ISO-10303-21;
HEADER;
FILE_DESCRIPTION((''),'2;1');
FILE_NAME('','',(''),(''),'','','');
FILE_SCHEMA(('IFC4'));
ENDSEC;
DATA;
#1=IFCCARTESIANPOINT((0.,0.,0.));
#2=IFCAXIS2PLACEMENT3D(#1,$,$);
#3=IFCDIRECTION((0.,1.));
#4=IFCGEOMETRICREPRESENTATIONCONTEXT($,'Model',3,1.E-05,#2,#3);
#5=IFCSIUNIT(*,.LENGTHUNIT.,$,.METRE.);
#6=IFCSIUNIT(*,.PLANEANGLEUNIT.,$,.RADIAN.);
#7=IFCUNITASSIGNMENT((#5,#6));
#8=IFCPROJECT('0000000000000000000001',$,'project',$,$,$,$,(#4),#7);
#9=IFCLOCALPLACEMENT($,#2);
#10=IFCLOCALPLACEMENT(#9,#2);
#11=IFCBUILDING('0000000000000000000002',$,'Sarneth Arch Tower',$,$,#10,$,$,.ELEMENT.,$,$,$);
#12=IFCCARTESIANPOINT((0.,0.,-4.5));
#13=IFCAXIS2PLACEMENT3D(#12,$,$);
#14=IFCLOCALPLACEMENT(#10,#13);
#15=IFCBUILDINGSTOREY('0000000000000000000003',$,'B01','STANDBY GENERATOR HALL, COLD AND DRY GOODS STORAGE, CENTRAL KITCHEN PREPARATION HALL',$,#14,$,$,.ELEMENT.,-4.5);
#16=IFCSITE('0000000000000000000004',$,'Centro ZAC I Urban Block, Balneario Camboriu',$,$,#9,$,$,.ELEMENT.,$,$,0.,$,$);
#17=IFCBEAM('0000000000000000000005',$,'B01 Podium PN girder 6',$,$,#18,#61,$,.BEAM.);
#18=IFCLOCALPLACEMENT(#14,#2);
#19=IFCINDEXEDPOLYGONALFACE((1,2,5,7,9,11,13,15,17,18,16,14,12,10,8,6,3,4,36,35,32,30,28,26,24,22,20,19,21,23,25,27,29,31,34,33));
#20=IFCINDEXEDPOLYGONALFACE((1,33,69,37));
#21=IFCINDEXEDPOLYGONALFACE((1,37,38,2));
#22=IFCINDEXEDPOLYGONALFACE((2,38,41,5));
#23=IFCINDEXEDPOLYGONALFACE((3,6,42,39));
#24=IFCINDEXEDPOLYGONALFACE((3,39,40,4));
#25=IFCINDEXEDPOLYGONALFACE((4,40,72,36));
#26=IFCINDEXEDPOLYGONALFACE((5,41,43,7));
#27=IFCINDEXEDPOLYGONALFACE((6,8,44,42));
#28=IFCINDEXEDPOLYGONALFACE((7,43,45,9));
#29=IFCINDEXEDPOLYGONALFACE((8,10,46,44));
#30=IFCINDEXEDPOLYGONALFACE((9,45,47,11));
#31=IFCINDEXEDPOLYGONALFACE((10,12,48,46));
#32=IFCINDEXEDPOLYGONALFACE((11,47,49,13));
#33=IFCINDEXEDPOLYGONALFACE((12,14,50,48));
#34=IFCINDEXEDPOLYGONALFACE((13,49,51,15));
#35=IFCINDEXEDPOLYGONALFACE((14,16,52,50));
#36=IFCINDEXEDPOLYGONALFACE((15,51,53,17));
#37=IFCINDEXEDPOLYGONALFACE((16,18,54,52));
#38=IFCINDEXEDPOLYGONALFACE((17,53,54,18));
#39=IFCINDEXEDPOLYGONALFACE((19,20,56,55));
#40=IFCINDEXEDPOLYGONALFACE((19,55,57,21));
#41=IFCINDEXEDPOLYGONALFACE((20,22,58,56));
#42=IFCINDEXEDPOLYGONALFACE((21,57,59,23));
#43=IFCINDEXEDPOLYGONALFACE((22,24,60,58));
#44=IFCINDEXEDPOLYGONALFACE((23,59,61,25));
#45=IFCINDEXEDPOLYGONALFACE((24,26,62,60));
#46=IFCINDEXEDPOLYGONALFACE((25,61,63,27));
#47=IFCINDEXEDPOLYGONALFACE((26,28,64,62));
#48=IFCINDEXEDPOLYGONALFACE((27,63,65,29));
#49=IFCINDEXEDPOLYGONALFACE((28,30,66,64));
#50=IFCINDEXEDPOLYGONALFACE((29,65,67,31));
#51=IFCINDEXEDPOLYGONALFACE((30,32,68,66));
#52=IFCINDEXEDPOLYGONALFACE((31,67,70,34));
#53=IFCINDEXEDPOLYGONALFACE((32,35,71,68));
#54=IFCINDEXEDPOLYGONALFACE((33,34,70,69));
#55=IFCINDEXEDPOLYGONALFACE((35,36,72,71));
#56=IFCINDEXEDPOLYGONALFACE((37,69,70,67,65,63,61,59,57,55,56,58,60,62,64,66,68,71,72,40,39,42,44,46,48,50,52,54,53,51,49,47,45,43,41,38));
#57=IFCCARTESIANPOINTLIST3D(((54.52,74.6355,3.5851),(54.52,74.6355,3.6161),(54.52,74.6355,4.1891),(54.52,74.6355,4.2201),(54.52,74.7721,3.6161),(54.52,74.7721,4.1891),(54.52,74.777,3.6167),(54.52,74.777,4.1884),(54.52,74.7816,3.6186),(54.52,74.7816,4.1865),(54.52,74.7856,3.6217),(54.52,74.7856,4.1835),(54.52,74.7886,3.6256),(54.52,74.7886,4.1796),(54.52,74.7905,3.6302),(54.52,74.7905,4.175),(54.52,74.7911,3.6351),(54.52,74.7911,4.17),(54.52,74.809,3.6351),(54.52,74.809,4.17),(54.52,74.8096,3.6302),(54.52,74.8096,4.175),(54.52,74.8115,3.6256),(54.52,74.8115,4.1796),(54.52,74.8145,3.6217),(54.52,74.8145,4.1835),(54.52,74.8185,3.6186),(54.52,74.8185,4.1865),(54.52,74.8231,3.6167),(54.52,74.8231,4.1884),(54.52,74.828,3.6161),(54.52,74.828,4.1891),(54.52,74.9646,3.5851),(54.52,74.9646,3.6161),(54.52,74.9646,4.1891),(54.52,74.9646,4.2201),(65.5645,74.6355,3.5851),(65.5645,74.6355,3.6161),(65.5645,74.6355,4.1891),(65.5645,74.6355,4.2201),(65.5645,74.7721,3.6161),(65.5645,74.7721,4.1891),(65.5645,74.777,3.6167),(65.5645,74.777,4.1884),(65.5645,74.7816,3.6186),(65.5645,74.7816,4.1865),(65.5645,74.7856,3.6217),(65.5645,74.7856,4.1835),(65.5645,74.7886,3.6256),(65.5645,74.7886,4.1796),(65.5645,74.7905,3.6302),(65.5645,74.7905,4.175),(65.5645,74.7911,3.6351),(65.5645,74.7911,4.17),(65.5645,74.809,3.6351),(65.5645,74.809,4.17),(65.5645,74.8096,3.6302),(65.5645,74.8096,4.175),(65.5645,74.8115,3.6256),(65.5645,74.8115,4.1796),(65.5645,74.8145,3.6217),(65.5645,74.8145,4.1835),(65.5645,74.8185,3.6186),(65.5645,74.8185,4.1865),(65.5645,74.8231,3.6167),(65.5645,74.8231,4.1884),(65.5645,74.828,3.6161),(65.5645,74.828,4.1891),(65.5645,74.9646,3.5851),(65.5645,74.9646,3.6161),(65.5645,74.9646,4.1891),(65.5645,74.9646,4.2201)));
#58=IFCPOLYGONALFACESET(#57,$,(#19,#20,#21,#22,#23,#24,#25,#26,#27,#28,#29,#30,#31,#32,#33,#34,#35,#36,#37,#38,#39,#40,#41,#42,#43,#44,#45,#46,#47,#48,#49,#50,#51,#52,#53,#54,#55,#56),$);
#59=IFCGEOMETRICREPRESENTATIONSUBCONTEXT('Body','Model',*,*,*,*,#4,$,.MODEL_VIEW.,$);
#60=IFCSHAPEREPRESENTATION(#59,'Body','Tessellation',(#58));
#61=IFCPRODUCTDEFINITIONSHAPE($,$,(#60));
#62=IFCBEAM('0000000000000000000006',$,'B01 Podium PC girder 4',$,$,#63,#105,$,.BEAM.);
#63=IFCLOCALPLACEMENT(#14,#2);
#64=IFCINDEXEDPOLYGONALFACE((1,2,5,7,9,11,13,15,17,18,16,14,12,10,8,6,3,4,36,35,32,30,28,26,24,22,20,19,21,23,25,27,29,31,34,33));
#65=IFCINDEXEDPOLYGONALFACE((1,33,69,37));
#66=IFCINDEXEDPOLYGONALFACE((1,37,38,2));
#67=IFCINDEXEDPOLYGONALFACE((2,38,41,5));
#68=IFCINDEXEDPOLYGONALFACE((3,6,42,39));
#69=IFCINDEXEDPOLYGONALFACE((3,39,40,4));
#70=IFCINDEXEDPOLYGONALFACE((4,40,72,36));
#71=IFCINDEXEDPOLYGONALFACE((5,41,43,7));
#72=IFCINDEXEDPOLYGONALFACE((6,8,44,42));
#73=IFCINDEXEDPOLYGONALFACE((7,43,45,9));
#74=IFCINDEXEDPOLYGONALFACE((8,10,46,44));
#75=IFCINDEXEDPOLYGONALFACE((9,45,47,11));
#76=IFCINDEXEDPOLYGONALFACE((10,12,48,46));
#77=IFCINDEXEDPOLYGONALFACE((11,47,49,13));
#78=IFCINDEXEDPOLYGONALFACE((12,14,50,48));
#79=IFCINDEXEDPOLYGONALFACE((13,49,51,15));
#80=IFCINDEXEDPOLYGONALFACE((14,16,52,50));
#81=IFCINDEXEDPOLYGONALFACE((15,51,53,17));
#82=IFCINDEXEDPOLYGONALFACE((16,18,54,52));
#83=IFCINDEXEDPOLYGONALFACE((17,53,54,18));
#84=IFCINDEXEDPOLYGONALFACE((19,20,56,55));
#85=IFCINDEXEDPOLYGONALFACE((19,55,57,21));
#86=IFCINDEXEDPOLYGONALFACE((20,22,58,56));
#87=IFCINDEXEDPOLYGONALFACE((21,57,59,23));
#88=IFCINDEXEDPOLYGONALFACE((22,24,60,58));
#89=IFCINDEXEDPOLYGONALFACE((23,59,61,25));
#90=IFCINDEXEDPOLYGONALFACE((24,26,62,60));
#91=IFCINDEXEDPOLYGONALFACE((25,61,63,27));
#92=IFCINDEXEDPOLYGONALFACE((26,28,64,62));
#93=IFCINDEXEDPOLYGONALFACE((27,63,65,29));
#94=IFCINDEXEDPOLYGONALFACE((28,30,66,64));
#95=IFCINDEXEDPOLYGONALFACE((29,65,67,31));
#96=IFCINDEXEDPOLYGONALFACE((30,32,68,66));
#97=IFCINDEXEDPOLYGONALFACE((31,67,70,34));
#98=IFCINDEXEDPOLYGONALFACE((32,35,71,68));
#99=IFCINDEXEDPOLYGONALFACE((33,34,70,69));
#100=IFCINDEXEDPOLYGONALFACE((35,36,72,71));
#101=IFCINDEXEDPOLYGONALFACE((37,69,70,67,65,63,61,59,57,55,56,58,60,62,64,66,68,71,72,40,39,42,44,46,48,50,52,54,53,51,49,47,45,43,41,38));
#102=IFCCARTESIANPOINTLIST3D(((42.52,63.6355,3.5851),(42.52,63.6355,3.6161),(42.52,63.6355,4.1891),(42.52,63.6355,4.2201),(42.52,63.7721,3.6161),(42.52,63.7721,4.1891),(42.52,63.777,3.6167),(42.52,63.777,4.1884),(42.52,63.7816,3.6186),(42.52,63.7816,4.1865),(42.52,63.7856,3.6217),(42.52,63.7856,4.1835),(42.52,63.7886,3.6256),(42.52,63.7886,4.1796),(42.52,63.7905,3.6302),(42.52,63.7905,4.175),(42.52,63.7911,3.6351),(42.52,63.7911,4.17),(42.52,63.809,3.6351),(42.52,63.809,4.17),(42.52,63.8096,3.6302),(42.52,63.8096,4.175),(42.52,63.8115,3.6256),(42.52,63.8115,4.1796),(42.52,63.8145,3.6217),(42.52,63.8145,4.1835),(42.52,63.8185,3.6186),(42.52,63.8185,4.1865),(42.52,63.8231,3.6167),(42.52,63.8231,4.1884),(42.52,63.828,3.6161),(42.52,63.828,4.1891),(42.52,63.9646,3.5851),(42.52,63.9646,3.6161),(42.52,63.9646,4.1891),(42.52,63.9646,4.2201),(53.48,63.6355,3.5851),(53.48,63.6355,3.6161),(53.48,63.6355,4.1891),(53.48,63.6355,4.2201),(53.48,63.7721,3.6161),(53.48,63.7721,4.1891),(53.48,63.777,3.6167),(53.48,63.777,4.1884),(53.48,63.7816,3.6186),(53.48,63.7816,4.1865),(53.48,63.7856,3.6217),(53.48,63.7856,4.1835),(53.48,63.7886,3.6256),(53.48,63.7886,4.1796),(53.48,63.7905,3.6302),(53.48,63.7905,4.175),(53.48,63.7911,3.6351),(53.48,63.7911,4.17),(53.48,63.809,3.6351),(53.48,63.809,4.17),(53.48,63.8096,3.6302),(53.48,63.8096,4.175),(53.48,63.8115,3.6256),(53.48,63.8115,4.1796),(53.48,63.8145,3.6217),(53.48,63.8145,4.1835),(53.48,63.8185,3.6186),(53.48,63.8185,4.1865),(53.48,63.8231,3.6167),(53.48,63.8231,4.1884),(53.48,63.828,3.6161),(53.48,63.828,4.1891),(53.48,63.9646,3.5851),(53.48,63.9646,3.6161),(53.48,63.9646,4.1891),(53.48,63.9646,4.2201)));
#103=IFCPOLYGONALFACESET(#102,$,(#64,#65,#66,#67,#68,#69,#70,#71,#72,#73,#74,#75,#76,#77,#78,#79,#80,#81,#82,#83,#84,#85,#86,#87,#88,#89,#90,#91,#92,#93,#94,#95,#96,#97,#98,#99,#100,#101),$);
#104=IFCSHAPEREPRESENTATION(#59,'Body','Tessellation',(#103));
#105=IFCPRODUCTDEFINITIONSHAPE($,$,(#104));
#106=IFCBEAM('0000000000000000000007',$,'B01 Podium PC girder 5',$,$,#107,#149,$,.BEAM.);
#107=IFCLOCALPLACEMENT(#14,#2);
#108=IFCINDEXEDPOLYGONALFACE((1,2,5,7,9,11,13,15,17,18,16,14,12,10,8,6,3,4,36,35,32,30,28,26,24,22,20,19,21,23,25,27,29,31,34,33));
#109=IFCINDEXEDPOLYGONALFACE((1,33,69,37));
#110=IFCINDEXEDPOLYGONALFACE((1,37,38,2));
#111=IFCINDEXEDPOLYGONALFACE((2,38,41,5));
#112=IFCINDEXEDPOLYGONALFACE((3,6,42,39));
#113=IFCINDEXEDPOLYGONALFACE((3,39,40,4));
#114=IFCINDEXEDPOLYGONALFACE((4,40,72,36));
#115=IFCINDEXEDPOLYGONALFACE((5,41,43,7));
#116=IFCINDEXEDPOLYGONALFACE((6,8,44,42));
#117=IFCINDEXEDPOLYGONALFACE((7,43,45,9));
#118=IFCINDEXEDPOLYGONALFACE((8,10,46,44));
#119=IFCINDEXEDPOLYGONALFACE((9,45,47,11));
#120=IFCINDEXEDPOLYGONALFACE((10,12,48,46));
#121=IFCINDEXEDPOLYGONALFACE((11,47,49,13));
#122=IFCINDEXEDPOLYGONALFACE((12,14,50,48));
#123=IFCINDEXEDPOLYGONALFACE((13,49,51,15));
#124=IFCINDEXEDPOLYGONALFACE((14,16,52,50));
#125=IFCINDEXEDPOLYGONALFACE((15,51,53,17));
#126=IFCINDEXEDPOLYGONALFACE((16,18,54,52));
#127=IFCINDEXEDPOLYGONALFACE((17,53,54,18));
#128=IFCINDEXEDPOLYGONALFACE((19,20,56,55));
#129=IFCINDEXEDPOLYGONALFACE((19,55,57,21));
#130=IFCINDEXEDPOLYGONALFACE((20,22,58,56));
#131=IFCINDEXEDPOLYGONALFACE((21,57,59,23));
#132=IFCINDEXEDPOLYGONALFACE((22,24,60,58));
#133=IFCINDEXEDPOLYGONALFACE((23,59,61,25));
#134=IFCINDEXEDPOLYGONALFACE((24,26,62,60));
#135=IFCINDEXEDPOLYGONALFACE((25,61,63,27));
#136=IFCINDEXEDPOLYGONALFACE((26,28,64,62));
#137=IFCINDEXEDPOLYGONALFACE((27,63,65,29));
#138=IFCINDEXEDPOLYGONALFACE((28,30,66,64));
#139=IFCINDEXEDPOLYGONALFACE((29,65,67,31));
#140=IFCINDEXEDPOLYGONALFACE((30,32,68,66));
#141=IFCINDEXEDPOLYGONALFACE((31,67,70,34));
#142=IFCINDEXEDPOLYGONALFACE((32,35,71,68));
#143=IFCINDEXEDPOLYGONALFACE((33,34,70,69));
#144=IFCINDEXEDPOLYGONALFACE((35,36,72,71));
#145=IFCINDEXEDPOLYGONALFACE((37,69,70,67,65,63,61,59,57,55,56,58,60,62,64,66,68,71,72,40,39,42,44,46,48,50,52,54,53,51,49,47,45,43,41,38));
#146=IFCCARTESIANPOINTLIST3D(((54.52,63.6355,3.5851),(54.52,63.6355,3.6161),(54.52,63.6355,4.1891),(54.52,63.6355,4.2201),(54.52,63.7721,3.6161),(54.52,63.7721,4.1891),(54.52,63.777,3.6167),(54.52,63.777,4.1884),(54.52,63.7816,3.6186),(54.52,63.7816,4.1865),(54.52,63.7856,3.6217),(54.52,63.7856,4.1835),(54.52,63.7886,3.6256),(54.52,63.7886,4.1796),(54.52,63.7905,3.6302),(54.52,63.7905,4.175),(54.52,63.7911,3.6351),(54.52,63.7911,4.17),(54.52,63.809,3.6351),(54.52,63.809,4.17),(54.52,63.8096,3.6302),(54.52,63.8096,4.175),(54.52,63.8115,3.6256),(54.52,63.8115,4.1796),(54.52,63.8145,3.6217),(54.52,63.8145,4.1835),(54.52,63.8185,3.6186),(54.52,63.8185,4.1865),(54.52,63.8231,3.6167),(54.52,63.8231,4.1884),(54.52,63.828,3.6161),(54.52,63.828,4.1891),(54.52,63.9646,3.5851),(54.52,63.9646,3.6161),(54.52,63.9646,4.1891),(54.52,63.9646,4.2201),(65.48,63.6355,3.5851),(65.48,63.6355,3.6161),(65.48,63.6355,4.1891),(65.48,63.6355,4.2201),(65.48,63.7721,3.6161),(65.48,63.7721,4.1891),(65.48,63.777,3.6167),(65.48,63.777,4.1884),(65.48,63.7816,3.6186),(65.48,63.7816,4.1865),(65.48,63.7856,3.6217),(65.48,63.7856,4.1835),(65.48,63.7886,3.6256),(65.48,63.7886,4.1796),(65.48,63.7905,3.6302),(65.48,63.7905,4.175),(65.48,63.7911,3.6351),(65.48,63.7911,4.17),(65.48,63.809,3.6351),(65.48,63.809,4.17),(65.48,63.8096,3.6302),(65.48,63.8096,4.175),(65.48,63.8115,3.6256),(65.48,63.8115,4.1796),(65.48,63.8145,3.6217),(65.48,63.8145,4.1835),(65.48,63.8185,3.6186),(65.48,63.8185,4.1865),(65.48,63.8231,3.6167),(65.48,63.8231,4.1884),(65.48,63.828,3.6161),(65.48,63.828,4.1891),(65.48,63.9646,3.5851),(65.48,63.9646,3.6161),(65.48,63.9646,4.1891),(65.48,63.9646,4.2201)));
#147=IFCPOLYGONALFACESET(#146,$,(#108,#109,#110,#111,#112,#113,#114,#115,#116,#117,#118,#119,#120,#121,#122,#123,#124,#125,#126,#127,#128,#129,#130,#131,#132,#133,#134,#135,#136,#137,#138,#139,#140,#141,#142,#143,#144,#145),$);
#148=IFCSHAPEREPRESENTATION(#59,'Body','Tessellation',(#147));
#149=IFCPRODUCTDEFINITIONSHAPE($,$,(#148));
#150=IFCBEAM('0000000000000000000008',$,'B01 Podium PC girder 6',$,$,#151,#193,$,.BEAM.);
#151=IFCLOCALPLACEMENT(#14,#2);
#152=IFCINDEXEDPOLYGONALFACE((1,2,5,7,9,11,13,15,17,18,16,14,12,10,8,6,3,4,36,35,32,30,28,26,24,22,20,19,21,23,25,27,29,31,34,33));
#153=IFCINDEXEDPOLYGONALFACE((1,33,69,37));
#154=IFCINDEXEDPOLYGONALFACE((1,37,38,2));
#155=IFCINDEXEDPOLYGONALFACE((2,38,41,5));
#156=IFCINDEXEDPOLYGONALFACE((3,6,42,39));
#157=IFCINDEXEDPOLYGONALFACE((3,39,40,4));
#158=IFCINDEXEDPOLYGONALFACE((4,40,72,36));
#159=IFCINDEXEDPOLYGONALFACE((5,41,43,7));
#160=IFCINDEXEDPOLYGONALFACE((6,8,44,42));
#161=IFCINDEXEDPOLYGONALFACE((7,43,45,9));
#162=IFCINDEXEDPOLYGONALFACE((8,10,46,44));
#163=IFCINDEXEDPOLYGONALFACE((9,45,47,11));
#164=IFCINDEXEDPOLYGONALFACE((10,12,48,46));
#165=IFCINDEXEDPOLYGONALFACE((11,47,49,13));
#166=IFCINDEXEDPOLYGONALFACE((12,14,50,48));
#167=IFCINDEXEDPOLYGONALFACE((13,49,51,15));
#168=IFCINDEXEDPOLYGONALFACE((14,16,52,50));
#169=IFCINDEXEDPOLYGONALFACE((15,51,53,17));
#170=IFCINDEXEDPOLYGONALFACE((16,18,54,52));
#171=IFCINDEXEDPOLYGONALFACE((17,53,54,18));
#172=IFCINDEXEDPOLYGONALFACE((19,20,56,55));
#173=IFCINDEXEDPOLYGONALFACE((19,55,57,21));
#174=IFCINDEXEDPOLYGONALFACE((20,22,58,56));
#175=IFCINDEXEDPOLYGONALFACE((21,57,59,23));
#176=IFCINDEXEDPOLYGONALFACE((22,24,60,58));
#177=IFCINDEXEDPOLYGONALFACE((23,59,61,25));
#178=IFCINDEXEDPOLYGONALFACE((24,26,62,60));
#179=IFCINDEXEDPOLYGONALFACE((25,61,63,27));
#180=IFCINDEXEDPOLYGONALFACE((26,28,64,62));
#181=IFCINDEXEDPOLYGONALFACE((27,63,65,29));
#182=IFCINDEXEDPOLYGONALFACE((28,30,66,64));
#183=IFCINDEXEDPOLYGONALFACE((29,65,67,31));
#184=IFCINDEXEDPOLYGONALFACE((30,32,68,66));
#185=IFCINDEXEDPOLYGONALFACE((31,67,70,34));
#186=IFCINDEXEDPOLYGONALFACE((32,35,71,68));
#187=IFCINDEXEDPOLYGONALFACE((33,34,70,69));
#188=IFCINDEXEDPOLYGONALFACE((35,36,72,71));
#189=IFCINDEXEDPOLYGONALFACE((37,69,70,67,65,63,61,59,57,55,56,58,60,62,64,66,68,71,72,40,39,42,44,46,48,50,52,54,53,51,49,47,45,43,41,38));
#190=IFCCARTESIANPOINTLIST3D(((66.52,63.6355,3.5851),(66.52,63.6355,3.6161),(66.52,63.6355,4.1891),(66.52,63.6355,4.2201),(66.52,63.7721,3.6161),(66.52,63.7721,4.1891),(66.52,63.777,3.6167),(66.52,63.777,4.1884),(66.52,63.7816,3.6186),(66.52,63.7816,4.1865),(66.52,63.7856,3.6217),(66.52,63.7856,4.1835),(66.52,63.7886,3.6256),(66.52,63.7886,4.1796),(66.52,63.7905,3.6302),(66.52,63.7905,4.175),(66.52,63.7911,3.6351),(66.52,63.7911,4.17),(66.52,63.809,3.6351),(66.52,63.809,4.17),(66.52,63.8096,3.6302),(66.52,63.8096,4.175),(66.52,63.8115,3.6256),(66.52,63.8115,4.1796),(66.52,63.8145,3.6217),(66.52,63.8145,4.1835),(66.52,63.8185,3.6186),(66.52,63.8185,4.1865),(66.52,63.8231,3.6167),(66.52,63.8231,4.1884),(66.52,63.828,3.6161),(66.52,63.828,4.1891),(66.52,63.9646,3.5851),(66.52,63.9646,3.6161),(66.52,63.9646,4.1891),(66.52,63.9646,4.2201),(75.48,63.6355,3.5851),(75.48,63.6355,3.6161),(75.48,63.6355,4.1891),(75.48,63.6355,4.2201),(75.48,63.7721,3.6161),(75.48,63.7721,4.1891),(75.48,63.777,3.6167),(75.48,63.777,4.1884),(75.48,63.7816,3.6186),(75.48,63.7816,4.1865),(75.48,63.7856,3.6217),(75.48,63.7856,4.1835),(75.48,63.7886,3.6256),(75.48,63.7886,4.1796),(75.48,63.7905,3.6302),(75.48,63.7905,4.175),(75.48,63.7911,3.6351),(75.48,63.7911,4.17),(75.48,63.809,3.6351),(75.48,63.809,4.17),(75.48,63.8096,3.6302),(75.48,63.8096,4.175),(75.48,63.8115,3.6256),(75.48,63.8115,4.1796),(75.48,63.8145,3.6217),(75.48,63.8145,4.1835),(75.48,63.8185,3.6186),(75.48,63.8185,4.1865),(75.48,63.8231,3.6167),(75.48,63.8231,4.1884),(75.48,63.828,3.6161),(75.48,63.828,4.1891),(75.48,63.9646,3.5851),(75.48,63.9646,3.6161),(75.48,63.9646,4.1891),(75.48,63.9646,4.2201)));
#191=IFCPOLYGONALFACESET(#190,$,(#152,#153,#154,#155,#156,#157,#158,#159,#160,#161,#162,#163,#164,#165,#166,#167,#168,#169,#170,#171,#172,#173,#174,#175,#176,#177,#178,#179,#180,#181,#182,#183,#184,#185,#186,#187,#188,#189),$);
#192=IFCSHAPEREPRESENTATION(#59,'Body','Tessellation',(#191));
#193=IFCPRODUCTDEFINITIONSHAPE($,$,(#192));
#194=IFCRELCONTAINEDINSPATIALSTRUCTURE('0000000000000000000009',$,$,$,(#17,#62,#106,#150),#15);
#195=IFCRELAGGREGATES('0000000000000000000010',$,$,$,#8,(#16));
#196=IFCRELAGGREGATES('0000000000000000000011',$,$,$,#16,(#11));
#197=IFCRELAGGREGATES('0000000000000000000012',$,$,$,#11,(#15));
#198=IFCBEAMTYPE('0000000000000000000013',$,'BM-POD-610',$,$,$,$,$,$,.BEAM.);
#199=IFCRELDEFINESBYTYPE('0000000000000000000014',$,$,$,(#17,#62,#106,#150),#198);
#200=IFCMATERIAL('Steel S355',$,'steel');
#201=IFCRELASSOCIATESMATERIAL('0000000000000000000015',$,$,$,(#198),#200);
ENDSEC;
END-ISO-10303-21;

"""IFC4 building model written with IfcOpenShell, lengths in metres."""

from ifc_helpers import new_model, si_unit, direction, frame, origin, origin_2d, place, context, subcontext, project, spatial, i_section, extrude, material, material_profile, profile_set, type_object, element, save


model = new_model("IFC4")

# Units and contexts
model_context = context("Model", 3, precision=1e-05, world=origin(), true_north=direction((0.0, 1.0)))
body_context = subcontext(model_context, "Body", "Model", "MODEL_VIEW")
ifc_project = project(units=[si_unit("LENGTHUNIT", "METRE"), si_unit("PLANEANGLEUNIT", "RADIAN")], contexts=[model_context])

# Site, building, storey
site_placement = place(None, origin())
site = spatial("IfcSite", under=ifc_project, at=site_placement, Name="Centro ZAC I Urban Block, Balneario Camboriu", CompositionType="ELEMENT", RefElevation=0.0)
building_placement = place(site_placement, origin())
building = spatial("IfcBuilding", under=site, at=building_placement, Name="Sarneth Arch Tower", CompositionType="ELEMENT")
storey_placement = place(building_placement, frame((0.0, 0.0, -4.5)))
storey = spatial("IfcBuildingStorey", under=building, at=storey_placement, Name="B01", Description="STANDBY GENERATOR HALL, COLD AND DRY GOODS STORAGE, CENTRAL KITCHEN PREPARATION HALL", CompositionType="ELEMENT", Elevation=-4.5)

# Beams
ifc_material_1 = material(Name="Steel S355", Category="steel")
ifc_material_profile_1 = material_profile(ifc_material_1, i_section(OverallWidth=0.3291, OverallDepth=0.635, WebThickness=0.0178, FlangeThickness=0.031, FilletRadius=0.019, at=origin_2d()), Name="W610x241")
ifc_profile_set_1 = profile_set([ifc_material_profile_1], Name="Steel S355")
beam_type = type_object("IfcBeamType", Name="BM-POD-610", PredefinedType="BEAM", material=ifc_profile_set_1)
beam_1_placement = place(storey_placement, frame((54.52, 74.8, 3.9026), z_axis=(1.0, 0.0, 0.0), x_axis=(0.0, 1.0, 0.0)))
element("IfcBeam", 1, at=beam_1_placement, inside=storey, type_object=beam_type, Name="B01 Podium PN girder 6", PredefinedType="BEAM", context=body_context, shape_type="SweptSolid", body=[
    extrude(i_section(OverallWidth=0.3291, OverallDepth=0.635, WebThickness=0.0178, FlangeThickness=0.031, FilletRadius=0.019, at=origin_2d()), origin(), (0.0, 0.0, 1.0), 11.0444),
])
for number, where, z_axis, x_axis, name in (
    (2, (42.52, 63.8, 3.9026), (1.0, 0.0, 0.0), (0.0, 1.0, 0.0), "B01 Podium PC girder 4"),
    (3, (54.52, 63.8, 3.9026), (1.0, 0.0, 0.0), (0.0, 1.0, 0.0), "B01 Podium PC girder 5"),
):
    element("IfcBeam", number, at=place(storey_placement, frame(where, z_axis=z_axis, x_axis=x_axis)), inside=storey, type_object=beam_type, Name=name, PredefinedType="BEAM", context=body_context, shape_type="SweptSolid", body=[
        extrude(i_section(OverallWidth=0.3291, OverallDepth=0.635, WebThickness=0.0178, FlangeThickness=0.031, FilletRadius=0.019, at=origin_2d()), origin(), (0.0, 0.0, 1.0), 10.96),
    ])
beam_2_placement = place(storey_placement, frame((66.52, 63.8, 3.9026), z_axis=(1.0, 0.0, 0.0), x_axis=(0.0, 1.0, 0.0)))
element("IfcBeam", 4, at=beam_2_placement, inside=storey, type_object=beam_type, Name="B01 Podium PC girder 6", PredefinedType="BEAM", context=body_context, shape_type="SweptSolid", body=[
    extrude(i_section(OverallWidth=0.3291, OverallDepth=0.635, WebThickness=0.0178, FlangeThickness=0.031, FilletRadius=0.019, at=origin_2d()), origin(), (0.0, 0.0, 1.0), 8.96),
])

save(model, "model.ifc")
